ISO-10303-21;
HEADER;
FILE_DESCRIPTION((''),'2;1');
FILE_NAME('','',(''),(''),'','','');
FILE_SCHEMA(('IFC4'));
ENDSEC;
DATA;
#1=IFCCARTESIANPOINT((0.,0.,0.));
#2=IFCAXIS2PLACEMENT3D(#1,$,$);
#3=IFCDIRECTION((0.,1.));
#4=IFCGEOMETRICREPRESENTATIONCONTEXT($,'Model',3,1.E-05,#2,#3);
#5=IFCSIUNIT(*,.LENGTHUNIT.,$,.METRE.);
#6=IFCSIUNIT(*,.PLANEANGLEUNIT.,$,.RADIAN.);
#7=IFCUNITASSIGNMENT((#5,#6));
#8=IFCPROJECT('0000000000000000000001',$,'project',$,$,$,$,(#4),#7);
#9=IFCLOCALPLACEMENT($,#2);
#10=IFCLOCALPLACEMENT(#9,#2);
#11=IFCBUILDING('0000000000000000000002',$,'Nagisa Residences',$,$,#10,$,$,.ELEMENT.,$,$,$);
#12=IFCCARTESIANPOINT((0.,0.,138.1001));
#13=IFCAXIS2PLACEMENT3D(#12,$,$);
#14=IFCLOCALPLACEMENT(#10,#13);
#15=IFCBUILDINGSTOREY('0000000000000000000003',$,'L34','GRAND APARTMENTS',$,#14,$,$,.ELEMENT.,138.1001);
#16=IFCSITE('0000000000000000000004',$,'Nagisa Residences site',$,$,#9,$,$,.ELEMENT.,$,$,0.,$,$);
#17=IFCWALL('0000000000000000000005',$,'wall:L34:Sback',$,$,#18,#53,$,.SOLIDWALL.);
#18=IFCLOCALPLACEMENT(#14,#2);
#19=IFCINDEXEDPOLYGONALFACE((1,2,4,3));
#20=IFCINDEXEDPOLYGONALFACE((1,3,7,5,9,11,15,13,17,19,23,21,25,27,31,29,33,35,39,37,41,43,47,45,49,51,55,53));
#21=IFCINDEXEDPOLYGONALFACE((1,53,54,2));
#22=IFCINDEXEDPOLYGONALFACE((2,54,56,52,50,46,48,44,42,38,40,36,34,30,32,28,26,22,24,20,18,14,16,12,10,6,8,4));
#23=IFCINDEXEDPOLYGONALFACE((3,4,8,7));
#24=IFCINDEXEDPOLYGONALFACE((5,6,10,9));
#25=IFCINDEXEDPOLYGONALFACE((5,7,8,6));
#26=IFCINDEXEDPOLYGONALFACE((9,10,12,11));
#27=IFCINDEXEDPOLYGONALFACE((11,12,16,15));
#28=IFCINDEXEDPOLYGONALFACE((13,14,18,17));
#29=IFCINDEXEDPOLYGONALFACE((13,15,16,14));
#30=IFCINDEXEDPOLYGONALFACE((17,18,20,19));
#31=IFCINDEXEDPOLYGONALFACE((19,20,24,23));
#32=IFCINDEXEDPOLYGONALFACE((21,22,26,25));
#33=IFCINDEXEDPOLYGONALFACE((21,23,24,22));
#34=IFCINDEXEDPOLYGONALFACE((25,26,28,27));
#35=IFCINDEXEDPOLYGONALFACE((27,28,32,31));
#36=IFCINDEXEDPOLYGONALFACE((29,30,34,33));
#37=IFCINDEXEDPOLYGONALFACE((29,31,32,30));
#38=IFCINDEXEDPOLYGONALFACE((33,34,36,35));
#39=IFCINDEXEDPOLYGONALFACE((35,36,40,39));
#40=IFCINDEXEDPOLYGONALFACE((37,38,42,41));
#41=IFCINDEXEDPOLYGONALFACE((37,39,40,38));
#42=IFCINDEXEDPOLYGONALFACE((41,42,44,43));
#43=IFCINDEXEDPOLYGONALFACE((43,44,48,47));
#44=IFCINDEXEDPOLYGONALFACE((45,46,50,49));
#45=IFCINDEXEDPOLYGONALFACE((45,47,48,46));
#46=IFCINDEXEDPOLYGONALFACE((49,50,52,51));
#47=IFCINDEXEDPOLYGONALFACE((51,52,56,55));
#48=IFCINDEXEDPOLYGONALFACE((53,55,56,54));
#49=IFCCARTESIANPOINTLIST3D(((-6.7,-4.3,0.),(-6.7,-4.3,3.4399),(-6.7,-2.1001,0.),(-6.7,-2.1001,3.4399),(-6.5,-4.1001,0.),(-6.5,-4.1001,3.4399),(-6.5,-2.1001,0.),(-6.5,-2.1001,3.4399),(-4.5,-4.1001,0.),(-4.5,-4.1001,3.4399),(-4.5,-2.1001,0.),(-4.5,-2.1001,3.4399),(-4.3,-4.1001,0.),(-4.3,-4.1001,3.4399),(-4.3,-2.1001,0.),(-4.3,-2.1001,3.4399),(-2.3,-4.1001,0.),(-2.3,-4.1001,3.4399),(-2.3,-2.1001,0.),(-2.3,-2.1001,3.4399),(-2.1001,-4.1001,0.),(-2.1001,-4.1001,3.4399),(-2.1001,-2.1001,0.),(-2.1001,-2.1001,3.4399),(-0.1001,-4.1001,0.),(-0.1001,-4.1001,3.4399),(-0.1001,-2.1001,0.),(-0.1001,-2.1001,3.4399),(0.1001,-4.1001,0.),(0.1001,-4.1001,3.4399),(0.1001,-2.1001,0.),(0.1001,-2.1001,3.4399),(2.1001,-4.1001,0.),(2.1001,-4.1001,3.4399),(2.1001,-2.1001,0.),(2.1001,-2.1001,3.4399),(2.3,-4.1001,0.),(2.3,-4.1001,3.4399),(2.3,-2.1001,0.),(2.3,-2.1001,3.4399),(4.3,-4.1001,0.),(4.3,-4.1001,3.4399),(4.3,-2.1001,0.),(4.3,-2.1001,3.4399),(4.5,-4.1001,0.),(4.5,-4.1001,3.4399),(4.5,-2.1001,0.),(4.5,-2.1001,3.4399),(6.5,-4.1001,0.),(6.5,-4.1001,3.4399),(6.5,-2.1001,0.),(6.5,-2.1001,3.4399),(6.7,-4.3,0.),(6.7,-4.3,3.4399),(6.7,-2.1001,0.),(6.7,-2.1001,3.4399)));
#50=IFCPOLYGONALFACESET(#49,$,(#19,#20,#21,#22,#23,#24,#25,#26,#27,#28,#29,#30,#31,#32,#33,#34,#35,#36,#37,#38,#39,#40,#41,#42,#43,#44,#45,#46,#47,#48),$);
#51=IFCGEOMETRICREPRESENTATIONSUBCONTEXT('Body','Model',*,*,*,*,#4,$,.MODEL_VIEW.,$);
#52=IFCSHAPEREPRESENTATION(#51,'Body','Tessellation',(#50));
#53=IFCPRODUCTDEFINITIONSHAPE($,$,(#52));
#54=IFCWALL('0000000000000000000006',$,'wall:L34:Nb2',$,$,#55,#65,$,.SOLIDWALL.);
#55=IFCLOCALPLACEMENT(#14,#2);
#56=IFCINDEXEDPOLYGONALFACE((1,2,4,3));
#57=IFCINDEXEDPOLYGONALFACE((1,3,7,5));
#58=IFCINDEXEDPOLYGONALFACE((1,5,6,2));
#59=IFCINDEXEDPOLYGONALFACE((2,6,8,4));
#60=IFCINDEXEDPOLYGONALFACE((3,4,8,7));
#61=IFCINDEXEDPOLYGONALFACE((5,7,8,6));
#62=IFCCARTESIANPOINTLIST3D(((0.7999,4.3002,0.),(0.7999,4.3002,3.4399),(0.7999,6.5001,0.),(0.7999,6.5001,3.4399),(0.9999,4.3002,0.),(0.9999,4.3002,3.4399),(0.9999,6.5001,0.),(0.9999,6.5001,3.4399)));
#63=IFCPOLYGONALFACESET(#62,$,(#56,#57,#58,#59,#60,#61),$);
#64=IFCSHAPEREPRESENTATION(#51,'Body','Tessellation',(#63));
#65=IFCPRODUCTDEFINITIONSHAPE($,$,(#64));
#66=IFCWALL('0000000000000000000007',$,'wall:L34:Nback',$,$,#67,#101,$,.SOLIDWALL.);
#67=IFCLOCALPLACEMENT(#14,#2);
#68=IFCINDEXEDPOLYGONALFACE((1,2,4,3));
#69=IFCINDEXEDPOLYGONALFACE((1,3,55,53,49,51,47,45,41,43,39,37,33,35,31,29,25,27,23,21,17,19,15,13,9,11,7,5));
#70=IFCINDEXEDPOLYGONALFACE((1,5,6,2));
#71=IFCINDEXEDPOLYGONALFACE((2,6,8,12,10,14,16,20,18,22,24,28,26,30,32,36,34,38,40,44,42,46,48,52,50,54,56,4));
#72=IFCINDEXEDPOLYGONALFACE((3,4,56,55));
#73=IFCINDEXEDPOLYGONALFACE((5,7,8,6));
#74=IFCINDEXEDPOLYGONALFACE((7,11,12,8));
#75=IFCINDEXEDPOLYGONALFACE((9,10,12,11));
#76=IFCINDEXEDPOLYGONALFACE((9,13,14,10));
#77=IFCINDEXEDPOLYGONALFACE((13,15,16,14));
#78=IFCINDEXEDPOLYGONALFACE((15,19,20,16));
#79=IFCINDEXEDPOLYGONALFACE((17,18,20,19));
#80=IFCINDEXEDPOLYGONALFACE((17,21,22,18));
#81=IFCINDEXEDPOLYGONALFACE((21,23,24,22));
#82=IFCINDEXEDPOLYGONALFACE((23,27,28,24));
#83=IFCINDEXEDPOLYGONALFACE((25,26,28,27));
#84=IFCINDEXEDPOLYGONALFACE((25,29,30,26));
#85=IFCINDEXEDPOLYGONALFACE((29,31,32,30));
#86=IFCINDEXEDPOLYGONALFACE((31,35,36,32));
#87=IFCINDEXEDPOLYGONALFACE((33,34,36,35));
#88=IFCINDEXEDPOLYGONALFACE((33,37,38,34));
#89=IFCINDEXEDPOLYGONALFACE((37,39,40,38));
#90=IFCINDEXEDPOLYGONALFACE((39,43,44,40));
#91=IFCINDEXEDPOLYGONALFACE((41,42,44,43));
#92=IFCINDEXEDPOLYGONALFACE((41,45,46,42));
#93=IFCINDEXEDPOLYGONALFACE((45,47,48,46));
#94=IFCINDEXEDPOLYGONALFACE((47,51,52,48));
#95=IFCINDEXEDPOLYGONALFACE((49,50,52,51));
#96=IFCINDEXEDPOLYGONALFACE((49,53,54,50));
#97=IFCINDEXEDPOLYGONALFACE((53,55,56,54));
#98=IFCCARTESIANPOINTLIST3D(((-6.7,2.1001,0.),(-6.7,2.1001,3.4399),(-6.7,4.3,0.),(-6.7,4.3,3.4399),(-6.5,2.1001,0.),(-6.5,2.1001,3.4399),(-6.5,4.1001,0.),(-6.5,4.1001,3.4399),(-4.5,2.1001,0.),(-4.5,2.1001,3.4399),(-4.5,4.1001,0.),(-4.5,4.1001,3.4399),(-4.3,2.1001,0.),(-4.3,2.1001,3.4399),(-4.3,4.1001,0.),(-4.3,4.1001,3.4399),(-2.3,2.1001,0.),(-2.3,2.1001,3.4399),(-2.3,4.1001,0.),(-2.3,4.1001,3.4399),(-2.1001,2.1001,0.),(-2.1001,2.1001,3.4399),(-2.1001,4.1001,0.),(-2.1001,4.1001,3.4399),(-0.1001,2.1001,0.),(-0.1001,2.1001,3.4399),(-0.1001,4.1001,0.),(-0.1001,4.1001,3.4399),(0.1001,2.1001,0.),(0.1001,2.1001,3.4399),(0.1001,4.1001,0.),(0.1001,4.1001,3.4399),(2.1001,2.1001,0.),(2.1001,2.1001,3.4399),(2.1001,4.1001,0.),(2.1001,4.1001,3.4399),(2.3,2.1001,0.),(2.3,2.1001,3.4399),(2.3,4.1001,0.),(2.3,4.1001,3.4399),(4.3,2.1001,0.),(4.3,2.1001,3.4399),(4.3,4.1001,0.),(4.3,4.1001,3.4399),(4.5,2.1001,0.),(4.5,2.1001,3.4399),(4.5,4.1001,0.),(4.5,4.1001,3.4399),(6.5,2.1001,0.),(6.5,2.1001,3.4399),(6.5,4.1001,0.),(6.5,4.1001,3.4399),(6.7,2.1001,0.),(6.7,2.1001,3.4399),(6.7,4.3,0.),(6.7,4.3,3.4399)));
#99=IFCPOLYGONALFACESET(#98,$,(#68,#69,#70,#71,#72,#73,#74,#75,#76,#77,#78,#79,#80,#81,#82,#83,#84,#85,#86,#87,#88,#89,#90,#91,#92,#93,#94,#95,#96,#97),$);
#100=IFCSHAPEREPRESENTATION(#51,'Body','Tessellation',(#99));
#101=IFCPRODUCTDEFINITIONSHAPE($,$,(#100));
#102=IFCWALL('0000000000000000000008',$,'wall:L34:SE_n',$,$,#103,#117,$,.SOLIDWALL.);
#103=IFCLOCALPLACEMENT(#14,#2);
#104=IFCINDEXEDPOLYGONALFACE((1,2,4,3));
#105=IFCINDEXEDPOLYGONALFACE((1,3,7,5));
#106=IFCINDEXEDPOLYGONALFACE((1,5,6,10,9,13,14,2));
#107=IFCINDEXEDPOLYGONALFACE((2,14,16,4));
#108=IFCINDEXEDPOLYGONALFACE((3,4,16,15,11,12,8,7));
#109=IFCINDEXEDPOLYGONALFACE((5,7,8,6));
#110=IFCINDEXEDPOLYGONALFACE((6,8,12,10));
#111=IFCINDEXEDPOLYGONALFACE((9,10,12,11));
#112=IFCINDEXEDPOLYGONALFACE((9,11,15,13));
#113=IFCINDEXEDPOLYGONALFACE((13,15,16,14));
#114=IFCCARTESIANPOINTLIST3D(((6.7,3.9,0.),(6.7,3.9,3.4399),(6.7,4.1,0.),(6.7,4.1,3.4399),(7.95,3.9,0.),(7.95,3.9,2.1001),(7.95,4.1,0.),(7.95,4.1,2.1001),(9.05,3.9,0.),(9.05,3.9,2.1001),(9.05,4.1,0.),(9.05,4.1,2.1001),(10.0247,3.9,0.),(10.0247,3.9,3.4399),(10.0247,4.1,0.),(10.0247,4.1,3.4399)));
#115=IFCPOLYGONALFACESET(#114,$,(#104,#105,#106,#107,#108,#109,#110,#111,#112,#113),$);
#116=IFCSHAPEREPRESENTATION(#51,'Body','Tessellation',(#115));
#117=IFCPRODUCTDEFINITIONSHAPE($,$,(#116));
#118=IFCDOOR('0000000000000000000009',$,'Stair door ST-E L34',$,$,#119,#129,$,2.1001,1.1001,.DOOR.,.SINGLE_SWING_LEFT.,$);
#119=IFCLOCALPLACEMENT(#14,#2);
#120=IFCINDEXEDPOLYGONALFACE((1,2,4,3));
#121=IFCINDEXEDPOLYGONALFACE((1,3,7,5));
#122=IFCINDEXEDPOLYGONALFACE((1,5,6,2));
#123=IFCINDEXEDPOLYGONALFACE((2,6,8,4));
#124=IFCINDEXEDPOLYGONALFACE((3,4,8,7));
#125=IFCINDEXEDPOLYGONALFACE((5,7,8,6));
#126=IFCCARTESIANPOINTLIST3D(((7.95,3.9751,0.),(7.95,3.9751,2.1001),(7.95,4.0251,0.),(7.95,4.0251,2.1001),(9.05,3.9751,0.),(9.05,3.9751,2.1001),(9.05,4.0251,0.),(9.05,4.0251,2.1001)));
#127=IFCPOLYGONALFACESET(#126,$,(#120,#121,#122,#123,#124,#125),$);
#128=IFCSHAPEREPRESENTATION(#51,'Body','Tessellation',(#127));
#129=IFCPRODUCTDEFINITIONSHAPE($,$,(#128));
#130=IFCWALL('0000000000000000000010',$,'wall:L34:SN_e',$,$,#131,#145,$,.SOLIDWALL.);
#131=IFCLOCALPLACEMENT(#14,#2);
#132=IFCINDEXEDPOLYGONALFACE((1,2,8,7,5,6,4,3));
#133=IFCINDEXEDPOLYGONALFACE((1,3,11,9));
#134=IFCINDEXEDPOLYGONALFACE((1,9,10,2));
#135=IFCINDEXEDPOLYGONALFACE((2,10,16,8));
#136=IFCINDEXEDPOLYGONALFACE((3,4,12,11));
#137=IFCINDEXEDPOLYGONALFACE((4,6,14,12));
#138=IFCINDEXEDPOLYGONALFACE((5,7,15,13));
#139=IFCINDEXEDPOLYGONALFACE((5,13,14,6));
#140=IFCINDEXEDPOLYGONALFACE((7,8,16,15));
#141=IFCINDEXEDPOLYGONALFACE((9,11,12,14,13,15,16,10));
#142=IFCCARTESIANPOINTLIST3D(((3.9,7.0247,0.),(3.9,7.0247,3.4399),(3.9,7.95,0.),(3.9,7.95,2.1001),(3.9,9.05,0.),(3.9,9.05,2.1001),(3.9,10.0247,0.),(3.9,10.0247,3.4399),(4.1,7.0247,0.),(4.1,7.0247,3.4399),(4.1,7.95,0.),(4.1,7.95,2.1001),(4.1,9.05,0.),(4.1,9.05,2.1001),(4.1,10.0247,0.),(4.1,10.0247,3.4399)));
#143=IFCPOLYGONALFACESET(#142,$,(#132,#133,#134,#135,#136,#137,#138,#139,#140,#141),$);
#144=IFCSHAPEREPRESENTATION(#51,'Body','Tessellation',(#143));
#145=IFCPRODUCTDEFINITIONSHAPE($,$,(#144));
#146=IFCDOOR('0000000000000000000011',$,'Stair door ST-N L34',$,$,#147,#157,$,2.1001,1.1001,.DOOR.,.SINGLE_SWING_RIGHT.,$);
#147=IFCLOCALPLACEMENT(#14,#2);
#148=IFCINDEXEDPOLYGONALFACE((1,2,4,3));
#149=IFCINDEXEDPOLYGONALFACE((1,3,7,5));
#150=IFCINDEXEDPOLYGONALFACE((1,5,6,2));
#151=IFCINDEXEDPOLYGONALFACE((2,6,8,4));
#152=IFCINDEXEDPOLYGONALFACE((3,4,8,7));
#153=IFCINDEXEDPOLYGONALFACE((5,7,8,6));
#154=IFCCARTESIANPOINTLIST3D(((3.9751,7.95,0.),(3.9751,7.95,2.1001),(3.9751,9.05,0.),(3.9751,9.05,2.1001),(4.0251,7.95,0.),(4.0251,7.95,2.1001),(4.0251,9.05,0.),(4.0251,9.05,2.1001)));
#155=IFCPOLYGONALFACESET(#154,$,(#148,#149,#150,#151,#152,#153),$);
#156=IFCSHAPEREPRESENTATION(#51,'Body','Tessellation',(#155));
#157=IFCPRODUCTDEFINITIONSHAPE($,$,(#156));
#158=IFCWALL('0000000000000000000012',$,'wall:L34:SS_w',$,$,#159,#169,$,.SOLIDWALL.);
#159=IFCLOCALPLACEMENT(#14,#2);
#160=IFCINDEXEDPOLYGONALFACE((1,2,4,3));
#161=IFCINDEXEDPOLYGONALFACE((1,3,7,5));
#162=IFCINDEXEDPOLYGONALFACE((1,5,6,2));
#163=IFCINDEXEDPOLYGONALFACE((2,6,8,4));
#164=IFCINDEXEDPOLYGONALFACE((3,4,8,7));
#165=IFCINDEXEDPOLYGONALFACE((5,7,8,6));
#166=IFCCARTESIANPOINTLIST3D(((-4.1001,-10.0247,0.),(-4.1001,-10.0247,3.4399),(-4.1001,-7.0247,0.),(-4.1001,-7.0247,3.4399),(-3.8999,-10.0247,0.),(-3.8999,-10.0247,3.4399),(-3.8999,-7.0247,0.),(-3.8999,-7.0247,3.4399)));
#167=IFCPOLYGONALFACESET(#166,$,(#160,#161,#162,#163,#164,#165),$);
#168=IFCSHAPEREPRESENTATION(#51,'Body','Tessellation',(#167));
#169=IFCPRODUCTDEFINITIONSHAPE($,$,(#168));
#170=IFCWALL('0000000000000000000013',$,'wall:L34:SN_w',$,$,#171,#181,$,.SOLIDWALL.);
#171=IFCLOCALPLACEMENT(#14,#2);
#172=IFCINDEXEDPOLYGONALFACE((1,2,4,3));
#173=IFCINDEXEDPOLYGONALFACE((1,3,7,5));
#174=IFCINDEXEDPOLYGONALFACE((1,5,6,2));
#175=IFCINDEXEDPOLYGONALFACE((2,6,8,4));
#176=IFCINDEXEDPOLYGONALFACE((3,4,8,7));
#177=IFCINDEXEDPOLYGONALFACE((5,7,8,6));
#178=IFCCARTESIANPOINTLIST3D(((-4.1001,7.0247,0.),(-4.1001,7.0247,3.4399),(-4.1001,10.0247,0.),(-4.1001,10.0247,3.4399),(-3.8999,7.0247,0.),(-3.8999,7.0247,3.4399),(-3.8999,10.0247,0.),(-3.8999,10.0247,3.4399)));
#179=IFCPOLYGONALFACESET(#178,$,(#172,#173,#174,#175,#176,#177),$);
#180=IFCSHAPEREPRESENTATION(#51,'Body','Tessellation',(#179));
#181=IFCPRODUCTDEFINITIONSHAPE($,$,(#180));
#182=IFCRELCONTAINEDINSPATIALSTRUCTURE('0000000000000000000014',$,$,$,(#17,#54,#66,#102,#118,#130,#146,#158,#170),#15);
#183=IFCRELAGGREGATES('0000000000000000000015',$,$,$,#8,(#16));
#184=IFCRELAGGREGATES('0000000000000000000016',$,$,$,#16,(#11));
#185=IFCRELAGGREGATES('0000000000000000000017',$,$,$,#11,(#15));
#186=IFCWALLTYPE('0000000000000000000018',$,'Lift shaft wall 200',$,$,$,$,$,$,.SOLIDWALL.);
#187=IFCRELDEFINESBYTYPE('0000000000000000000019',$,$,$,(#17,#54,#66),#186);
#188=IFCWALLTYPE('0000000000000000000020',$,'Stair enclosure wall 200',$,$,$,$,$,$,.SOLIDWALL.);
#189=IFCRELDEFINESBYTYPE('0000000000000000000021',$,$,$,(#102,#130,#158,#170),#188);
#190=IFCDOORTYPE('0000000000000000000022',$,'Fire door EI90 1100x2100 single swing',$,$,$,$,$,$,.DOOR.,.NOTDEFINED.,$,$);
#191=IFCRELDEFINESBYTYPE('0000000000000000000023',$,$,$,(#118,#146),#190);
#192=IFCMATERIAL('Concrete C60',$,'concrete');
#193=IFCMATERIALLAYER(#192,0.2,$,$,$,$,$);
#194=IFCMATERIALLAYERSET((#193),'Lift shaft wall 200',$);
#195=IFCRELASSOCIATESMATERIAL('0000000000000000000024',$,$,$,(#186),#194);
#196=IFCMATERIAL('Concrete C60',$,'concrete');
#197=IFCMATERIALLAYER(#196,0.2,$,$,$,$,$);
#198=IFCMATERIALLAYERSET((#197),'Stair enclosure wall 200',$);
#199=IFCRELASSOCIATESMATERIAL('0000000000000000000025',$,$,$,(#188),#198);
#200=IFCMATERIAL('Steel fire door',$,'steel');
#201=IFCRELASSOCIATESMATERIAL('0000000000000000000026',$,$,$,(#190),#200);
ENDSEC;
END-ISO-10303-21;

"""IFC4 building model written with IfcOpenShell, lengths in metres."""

from ifc_helpers import new_model, si_unit, direction, frame, frame_2d, origin, place, context, subcontext, project, spatial, polyline, rectangle, outline, extrude, material, layer, layer_set, type_object, element, fill, save


model = new_model("IFC4")

# Units and contexts
model_context = context("Model", 3, precision=1e-05, world=origin(), true_north=direction((0.0, 1.0)))
body_context = subcontext(model_context, "Body", "Model", "MODEL_VIEW")
ifc_project = project(units=[si_unit("LENGTHUNIT", "METRE"), si_unit("PLANEANGLEUNIT", "RADIAN")], contexts=[model_context])

# Site, building, storey
site_placement = place(None, origin())
site = spatial("IfcSite", under=ifc_project, at=site_placement, Name="Nagisa Residences site", CompositionType="ELEMENT", RefElevation=0.0)
building_placement = place(site_placement, origin())
building = spatial("IfcBuilding", under=site, at=building_placement, Name="Nagisa Residences", CompositionType="ELEMENT")
storey_placement = place(building_placement, frame((0.0, 0.0, 138.1001)))
storey = spatial("IfcBuildingStorey", under=building, at=storey_placement, Name="L34", Description="GRAND APARTMENTS", CompositionType="ELEMENT", Elevation=138.1001)

# Shared definitions
ifc_material_1 = material(Name="Concrete C60", Category="concrete")
ifc_layer_1 = layer(ifc_material_1, 0.2)
ifc_layer_set_1 = layer_set([ifc_layer_1], Name="Lift shaft wall 200")
wall_type_1 = type_object("IfcWallType", Name="Lift shaft wall 200", PredefinedType="SOLIDWALL", material=ifc_layer_set_1)

# Walls
wall_1_placement = place(storey_placement, origin())
element("IfcWall", 1, at=wall_1_placement, inside=storey, type_object=wall_type_1, Name="wall:L34:Sback", PredefinedType="SOLIDWALL", context=body_context, shape_type="SweptSolid", body=[
    extrude(outline(polyline([(-6.7, -2.1001), (-6.5, -2.1001), (-6.5, -4.1001), (-4.5, -4.1001), (-4.5, -2.1001), (-4.3, -2.1001), (-4.3, -4.1001), (-2.3, -4.1001), (-2.3, -2.1001), (-2.1001, -2.1001), (-2.1001, -4.1001), (-0.1001, -4.1001), (-0.1001, -2.1001), (0.1001, -2.1001), (0.1001, -4.1001), (2.1001, -4.1001), (2.1001, -2.1001), (2.3, -2.1001), (2.3, -4.1001), (4.3, -4.1001), (4.3, -2.1001), (4.5, -2.1001), (4.5, -4.1001), (6.5, -4.1001), (6.5, -2.1001), (6.7, -2.1001), (6.7, -4.3), (-6.7, -4.3), (-6.7, -2.1001)])), origin(), (0.0, 0.0, 1.0), 3.4399),
])
wall_2_placement = place(storey_placement, frame((0.8999, 4.3, 0.0), z_axis=(0.0, 0.0, 1.0), x_axis=(0.0, 1.0, 0.0)))
element("IfcWall", 2, at=wall_2_placement, inside=storey, type_object=wall_type_1, Name="wall:L34:Nb2", PredefinedType="SOLIDWALL", context=body_context, shape_type="SweptSolid", body=[
    extrude(rectangle(XDim=2.2, YDim=0.2, at=frame_2d((1.1001, 0.0))), origin(), (0.0, 0.0, 1.0), 3.4399),
])
wall_3_placement = place(storey_placement, origin())
element("IfcWall", 3, at=wall_3_placement, inside=storey, type_object=wall_type_1, Name="wall:L34:Nback", PredefinedType="SOLIDWALL", context=body_context, shape_type="SweptSolid", body=[
    extrude(outline(polyline([(-6.5, 2.1001), (-6.7, 2.1001), (-6.7, 4.3), (6.7, 4.3), (6.7, 2.1001), (6.5, 2.1001), (6.5, 4.1001), (4.5, 4.1001), (4.5, 2.1001), (4.3, 2.1001), (4.3, 4.1001), (2.3, 4.1001), (2.3, 2.1001), (2.1001, 2.1001), (2.1001, 4.1001), (0.1001, 4.1001), (0.1001, 2.1001), (-0.1001, 2.1001), (-0.1001, 4.1001), (-2.1001, 4.1001), (-2.1001, 2.1001), (-2.3, 2.1001), (-2.3, 4.1001), (-4.3, 4.1001), (-4.3, 2.1001), (-4.5, 2.1001), (-4.5, 4.1001), (-6.5, 4.1001), (-6.5, 2.1001)])), origin(), (0.0, 0.0, 1.0), 3.4399),
])

# Walls, openings, doors
ifc_material_2 = material(Name="Concrete C60", Category="concrete")
ifc_layer_2 = layer(ifc_material_2, 0.2)
ifc_layer_set_2 = layer_set([ifc_layer_2], Name="Stair enclosure wall 200")
wall_type_2 = type_object("IfcWallType", Name="Stair enclosure wall 200", PredefinedType="SOLIDWALL", material=ifc_layer_set_2)
wall_4_placement = place(storey_placement, frame((6.7, 4.0, 0.0), z_axis=(0.0, 0.0, 1.0), x_axis=(1.0, 0.0, 0.0)))
wall_4 = element("IfcWall", 4, at=wall_4_placement, inside=storey, type_object=wall_type_2, Name="wall:L34:SE_n", PredefinedType="SOLIDWALL", context=body_context, shape_type="SweptSolid", body=[
    extrude(rectangle(XDim=3.3247, YDim=0.2, at=frame_2d((1.6624, 0.0))), origin(), (0.0, 0.0, 1.0), 3.4399),
])
opening_1_placement = place(wall_4_placement, frame((1.25, 0.0, 0.0)))
opening_1 = element("IfcOpeningElement", 5, at=opening_1_placement, cuts=wall_4, PredefinedType="OPENING", context=body_context, shape_type="SweptSolid", body=[
    extrude(rectangle(XDim=1.1001, YDim=2.1001, at=frame_2d((0.55, 1.05))), frame((0.0, 0.1099, 0.0), z_axis=(0.0, -1.0, 0.0), x_axis=(1.0, 0.0, 0.0)), (0.0, 0.0, 1.0), 0.22),
])
ifc_material_3 = material(Name="Steel fire door", Category="steel")
door_type_1 = type_object("IfcDoorType", Name="Fire door EI90 1100x2100 single swing", OperationType="NOTDEFINED", PredefinedType="DOOR", material=ifc_material_3)
door_1_placement = place(opening_1_placement, frame((1.1001, 0.0, 0.0), x_axis=(-1.0, 0.0, 0.0)))
door_1 = element("IfcDoor", 6, at=door_1_placement, inside=storey, type_object=door_type_1, Name="Stair door ST-E L34", OperationType="SINGLE_SWING_LEFT", OverallHeight=2.1001, OverallWidth=1.1001, PredefinedType="DOOR", context=body_context, shape_type="SweptSolid", body=[
    extrude(rectangle(XDim=1.1001, YDim=2.1001, at=frame_2d((0.55, 1.05))), frame((0.0, 0.0249, 0.0), z_axis=(0.0, -1.0, 0.0), x_axis=(1.0, 0.0, 0.0)), (0.0, 0.0, 1.0), 0.05),
])
fill(opening_1, door_1)
wall_5_placement = place(storey_placement, frame((4.0, 7.0247, 0.0), z_axis=(0.0, 0.0, 1.0), x_axis=(0.0, 1.0, 0.0)))
wall_5 = element("IfcWall", 7, at=wall_5_placement, inside=storey, type_object=wall_type_2, Name="wall:L34:SN_e", PredefinedType="SOLIDWALL", context=body_context, shape_type="SweptSolid", body=[
    extrude(rectangle(XDim=3.0, YDim=0.2, at=frame_2d((1.5, 0.0))), origin(), (0.0, 0.0, 1.0), 3.4399),
])
opening_2_placement = place(wall_5_placement, frame((0.9253, 0.0, 0.0)))
opening_2 = element("IfcOpeningElement", 8, at=opening_2_placement, cuts=wall_5, PredefinedType="OPENING", context=body_context, shape_type="SweptSolid", body=[
    extrude(rectangle(XDim=1.1001, YDim=2.1001, at=frame_2d((0.55, 1.05))), frame((0.0, 0.1099, 0.0), z_axis=(0.0, -1.0, 0.0), x_axis=(1.0, 0.0, 0.0)), (0.0, 0.0, 1.0), 0.22),
])
door_2_placement = place(opening_2_placement, origin())
door_2 = element("IfcDoor", 9, at=door_2_placement, inside=storey, type_object=door_type_1, Name="Stair door ST-N L34", OperationType="SINGLE_SWING_RIGHT", OverallHeight=2.1001, OverallWidth=1.1001, PredefinedType="DOOR", context=body_context, shape_type="SweptSolid", body=[
    extrude(rectangle(XDim=1.1001, YDim=2.1001, at=frame_2d((0.55, 1.05))), frame((0.0, 0.0249, 0.0), z_axis=(0.0, -1.0, 0.0), x_axis=(1.0, 0.0, 0.0)), (0.0, 0.0, 1.0), 0.05),
])
fill(opening_2, door_2)

# Walls
wall_6_placement = place(storey_placement, origin())
element("IfcWall", 10, at=wall_6_placement, inside=storey, type_object=wall_type_2, Name="wall:L34:SS_w", PredefinedType="SOLIDWALL", context=body_context, shape_type="SweptSolid", body=[
    extrude(outline(polyline([(-3.8999, -10.0247), (-4.1001, -10.0247), (-4.1001, -7.0247), (-3.8999, -7.0247), (-3.8999, -10.0247)])), origin(), (0.0, 0.0, 1.0), 3.4399),
])
wall_7_placement = place(storey_placement, origin())
element("IfcWall", 11, at=wall_7_placement, inside=storey, type_object=wall_type_2, Name="wall:L34:SN_w", PredefinedType="SOLIDWALL", context=body_context, shape_type="SweptSolid", body=[
    extrude(outline(polyline([(-3.8999, 7.0247), (-4.1001, 7.0247), (-4.1001, 10.0247), (-3.8999, 10.0247), (-3.8999, 7.0247)])), origin(), (0.0, 0.0, 1.0), 3.4399),
])

save(model, "model.ifc")
